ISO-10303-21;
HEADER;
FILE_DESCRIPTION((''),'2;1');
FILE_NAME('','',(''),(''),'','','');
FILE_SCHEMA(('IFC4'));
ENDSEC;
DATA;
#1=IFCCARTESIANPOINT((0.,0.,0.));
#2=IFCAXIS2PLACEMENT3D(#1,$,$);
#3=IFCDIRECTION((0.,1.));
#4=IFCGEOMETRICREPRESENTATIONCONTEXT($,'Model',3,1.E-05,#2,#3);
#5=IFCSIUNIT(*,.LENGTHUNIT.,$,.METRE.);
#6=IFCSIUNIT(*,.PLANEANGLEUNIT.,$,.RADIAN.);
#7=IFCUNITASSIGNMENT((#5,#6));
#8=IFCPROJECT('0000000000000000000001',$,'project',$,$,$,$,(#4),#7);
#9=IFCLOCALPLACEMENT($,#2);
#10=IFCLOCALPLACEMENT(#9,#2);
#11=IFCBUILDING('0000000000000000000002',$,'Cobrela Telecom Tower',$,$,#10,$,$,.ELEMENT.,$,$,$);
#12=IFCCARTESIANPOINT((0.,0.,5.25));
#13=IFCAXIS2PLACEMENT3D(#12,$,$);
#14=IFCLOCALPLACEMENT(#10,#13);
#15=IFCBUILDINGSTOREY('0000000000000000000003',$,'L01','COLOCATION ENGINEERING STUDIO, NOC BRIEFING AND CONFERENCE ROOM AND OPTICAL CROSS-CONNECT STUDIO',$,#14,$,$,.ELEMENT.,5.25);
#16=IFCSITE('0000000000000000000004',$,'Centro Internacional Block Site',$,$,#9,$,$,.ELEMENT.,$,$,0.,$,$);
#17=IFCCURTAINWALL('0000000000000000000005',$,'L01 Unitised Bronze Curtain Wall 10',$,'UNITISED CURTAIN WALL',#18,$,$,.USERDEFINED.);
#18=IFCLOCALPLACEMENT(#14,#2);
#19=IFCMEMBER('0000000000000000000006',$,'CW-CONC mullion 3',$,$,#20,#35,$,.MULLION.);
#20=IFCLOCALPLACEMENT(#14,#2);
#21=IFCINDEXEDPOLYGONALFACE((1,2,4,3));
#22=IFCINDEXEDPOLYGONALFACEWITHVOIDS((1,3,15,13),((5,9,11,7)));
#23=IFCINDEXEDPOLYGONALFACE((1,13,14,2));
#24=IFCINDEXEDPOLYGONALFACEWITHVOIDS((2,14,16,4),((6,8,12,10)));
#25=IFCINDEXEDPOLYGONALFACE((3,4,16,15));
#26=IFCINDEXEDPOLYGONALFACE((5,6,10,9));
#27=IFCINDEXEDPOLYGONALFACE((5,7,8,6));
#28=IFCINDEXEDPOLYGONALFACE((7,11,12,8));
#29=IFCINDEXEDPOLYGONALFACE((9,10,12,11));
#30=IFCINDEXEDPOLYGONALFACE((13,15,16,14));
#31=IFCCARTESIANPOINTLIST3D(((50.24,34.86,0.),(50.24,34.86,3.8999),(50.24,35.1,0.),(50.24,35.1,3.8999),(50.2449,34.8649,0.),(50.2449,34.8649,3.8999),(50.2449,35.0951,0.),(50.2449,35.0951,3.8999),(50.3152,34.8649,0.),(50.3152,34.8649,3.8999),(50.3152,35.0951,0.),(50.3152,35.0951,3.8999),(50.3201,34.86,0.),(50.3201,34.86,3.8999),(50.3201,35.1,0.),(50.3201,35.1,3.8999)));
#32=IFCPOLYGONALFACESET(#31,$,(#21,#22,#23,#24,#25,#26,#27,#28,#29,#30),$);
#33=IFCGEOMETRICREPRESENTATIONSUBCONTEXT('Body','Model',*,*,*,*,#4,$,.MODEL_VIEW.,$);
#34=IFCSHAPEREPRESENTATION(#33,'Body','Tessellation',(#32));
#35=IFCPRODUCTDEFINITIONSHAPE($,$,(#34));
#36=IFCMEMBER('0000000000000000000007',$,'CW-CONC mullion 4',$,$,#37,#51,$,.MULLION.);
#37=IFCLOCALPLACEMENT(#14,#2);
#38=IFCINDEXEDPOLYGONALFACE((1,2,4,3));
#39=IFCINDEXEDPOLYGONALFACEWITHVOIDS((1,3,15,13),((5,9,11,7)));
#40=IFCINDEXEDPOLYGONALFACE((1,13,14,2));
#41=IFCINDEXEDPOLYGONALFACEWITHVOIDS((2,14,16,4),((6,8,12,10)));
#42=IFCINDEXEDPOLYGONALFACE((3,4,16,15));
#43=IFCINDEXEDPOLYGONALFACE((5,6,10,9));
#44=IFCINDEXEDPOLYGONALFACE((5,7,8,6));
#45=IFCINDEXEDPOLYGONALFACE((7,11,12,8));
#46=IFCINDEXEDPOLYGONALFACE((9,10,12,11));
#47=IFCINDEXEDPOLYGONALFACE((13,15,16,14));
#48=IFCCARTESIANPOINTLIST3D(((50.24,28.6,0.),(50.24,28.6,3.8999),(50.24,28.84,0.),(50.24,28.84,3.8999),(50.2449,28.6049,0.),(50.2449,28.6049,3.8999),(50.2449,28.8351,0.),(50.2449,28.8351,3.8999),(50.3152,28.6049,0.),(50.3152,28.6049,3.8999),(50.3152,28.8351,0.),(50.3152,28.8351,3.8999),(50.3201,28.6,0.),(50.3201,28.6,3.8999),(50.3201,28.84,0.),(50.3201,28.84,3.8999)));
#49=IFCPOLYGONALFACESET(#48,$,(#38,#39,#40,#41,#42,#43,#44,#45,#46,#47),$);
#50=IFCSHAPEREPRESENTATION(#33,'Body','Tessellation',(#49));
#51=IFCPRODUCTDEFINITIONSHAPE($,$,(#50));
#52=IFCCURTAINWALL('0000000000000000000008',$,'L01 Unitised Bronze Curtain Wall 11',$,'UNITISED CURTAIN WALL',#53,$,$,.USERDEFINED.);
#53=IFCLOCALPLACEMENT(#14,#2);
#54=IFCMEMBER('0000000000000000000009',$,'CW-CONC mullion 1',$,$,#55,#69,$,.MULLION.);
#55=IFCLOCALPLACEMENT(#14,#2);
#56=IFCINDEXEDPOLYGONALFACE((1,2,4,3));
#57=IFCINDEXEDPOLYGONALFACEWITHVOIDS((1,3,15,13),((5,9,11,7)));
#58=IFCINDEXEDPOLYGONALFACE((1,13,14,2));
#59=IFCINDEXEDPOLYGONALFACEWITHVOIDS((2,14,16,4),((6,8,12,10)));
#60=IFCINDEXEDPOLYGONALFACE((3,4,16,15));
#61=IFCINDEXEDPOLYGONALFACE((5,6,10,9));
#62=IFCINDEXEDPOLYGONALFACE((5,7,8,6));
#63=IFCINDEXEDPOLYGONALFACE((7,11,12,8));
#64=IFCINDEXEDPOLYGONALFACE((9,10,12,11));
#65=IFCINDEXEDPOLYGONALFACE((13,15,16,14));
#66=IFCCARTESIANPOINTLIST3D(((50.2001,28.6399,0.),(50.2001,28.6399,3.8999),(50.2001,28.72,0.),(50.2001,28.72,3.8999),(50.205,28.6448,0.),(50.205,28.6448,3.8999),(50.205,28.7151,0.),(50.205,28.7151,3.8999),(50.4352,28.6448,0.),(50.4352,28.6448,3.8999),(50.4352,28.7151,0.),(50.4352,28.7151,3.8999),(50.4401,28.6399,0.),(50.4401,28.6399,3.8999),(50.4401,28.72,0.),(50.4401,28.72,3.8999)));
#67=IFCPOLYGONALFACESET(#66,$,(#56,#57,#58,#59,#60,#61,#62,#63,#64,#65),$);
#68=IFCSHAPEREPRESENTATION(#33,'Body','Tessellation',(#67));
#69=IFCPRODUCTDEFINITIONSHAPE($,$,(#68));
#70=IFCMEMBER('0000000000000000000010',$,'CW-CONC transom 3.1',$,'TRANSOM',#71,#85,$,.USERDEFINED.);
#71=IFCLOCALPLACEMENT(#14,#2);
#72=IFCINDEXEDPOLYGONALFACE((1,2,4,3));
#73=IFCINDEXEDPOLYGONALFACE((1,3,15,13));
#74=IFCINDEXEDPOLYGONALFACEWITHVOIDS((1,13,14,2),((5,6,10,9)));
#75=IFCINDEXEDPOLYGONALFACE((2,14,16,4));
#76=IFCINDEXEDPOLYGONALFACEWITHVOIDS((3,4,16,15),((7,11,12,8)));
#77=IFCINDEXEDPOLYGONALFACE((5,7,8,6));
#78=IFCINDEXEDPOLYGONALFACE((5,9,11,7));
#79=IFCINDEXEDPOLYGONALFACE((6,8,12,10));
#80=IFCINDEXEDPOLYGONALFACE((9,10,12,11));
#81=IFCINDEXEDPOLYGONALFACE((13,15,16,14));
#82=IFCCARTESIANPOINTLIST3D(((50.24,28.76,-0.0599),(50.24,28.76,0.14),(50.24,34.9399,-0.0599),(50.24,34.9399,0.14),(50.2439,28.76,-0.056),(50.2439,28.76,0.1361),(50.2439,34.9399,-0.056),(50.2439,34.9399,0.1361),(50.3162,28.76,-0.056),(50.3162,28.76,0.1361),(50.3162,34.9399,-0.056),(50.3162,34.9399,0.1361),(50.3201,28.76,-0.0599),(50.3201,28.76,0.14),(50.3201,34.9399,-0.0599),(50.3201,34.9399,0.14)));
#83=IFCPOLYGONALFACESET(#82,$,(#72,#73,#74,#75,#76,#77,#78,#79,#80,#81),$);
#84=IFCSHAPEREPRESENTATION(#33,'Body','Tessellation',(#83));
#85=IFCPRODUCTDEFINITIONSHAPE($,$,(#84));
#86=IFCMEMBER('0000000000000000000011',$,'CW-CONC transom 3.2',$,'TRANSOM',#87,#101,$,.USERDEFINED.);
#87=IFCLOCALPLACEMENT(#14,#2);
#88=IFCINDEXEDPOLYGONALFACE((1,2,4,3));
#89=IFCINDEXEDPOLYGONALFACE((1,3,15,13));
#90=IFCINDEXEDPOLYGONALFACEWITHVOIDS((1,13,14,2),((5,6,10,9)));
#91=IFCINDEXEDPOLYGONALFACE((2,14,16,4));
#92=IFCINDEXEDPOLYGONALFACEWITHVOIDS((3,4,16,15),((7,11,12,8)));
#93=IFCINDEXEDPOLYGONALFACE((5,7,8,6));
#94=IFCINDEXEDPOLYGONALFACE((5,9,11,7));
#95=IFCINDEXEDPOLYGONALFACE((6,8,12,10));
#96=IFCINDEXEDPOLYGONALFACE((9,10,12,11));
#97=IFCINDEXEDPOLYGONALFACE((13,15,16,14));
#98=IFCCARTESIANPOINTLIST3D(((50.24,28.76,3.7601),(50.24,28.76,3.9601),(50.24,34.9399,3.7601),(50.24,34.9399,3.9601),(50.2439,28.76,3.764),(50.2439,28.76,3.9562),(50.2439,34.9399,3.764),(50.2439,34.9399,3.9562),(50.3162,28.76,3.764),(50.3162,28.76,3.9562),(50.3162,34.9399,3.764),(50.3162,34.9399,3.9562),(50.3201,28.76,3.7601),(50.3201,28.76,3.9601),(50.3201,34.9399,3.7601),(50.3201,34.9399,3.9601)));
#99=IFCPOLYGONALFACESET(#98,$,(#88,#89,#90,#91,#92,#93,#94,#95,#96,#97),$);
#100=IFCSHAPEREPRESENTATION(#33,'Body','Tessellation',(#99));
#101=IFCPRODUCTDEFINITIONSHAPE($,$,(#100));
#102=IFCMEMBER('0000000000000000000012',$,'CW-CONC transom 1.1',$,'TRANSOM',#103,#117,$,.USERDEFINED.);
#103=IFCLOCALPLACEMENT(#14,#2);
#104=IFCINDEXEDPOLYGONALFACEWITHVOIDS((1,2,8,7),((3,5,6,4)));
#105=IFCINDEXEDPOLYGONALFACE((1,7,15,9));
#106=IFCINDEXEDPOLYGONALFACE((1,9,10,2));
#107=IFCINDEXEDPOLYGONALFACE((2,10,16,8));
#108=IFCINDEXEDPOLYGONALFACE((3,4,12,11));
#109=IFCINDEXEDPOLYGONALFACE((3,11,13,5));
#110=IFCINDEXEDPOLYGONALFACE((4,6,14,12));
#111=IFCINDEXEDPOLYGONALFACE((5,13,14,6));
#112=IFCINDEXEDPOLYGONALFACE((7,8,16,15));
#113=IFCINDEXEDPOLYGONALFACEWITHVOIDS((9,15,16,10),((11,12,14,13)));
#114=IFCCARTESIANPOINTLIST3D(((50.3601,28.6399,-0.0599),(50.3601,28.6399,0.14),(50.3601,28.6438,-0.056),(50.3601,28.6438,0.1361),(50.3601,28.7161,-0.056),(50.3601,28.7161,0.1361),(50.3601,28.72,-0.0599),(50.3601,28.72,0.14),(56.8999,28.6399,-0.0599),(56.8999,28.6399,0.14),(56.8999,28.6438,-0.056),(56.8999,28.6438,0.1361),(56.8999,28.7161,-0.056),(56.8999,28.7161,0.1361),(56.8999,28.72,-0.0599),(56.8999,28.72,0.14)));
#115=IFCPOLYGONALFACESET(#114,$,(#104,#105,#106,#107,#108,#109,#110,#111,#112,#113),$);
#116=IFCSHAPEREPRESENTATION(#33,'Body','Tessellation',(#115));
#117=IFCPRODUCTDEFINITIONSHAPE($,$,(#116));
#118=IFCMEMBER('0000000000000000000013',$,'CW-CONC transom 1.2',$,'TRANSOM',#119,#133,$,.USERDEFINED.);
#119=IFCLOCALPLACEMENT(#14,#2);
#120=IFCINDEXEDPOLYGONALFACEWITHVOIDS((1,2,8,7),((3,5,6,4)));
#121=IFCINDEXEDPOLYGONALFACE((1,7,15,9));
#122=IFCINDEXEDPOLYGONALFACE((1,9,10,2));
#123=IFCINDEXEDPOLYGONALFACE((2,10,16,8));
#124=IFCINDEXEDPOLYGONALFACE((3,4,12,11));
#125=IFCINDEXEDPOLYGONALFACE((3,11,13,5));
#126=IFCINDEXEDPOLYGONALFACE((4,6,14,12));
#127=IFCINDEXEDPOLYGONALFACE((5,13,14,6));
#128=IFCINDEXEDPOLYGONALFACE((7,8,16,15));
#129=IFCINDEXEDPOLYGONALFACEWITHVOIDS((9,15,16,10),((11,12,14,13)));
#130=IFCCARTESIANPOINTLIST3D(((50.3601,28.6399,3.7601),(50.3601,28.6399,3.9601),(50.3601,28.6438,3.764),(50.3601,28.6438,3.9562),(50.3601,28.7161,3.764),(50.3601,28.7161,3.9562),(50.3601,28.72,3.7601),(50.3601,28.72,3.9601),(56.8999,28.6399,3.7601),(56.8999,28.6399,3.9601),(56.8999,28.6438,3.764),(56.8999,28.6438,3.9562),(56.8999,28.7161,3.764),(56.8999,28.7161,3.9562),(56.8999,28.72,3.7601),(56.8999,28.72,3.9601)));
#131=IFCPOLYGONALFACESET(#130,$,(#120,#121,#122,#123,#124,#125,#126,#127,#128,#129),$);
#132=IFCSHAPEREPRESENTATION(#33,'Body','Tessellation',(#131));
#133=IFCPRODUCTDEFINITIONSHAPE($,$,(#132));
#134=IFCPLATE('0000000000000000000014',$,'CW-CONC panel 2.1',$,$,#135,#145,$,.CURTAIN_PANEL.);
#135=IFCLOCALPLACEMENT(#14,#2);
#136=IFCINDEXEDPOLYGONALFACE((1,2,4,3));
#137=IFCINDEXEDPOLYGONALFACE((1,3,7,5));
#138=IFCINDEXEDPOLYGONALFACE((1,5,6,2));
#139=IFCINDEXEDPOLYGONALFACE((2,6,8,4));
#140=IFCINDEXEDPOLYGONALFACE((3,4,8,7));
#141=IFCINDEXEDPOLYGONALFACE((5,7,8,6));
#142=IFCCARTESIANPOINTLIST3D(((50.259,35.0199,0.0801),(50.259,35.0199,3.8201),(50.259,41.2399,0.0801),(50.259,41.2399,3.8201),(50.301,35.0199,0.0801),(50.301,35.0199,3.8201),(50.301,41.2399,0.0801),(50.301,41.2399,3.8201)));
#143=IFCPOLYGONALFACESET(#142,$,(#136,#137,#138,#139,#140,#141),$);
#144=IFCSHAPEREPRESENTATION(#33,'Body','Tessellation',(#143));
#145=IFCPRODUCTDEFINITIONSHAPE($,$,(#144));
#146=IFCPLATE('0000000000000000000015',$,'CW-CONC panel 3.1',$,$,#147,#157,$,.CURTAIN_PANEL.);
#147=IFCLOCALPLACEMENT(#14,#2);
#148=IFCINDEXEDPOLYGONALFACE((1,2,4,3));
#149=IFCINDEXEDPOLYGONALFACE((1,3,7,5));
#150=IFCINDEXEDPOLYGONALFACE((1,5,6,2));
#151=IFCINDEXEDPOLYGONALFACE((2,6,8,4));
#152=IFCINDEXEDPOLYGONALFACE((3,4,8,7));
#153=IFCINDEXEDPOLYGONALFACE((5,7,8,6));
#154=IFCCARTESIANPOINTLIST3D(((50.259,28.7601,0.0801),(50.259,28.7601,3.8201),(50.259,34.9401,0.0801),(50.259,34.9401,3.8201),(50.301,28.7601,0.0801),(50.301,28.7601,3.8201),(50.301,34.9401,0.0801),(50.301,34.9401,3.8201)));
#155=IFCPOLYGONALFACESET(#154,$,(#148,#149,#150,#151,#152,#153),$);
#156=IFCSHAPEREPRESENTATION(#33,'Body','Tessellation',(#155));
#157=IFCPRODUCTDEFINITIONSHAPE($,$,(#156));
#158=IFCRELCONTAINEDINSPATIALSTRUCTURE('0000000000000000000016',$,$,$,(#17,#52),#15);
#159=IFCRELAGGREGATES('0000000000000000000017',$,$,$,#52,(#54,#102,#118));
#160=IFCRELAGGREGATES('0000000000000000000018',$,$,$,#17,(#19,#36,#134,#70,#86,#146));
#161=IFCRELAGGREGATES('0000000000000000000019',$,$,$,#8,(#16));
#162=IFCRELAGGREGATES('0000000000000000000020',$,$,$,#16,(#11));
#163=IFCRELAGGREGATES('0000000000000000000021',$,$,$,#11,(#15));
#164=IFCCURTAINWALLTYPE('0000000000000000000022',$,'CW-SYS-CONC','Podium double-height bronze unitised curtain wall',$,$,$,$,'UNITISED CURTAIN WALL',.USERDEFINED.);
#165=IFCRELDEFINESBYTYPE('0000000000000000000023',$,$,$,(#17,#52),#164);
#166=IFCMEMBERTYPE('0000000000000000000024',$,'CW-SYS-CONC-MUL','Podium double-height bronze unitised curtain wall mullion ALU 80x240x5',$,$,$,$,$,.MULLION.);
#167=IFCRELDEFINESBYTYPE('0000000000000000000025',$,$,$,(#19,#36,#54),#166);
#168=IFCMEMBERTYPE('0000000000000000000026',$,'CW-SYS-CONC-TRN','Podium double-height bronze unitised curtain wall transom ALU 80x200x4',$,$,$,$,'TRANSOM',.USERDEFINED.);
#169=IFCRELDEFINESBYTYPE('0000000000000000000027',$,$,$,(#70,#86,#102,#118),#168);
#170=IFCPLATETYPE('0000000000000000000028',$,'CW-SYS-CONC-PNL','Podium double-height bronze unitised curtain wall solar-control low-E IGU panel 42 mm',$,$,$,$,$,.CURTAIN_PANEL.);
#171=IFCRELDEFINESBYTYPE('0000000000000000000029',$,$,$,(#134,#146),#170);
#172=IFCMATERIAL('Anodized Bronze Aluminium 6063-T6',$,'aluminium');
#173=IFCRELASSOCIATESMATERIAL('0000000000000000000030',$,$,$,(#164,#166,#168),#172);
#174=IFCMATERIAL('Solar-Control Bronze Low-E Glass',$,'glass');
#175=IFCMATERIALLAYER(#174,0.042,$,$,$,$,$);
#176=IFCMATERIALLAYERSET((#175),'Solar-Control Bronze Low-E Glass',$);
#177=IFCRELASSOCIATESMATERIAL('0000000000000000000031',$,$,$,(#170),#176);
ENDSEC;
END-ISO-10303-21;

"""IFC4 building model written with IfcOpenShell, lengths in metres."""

from ifc_helpers import new_model, si_unit, direction, frame, origin, origin_2d, place, context, subcontext, project, spatial, rectangle, hollow_rectangle, extrude, material, layer, layer_set, material_profile, profile_set, type_object, element, aggregate, save


model = new_model("IFC4")

# Units and contexts
model_context = context("Model", 3, precision=1e-05, world=origin(), true_north=direction((0.0, 1.0)))
body_context = subcontext(model_context, "Body", "Model", "MODEL_VIEW")
ifc_project = project(units=[si_unit("LENGTHUNIT", "METRE"), si_unit("PLANEANGLEUNIT", "RADIAN")], contexts=[model_context])

# Site, building, storey
site_placement = place(None, origin())
site = spatial("IfcSite", under=ifc_project, at=site_placement, Name="Centro Internacional Block Site", CompositionType="ELEMENT", RefElevation=0.0)
building_placement = place(site_placement, origin())
building = spatial("IfcBuilding", under=site, at=building_placement, Name="Cobrela Telecom Tower", CompositionType="ELEMENT")
storey_placement = place(building_placement, frame((0.0, 0.0, 5.25)))
storey = spatial("IfcBuildingStorey", under=building, at=storey_placement, Name="L01", Description="COLOCATION ENGINEERING STUDIO, NOC BRIEFING AND CONFERENCE ROOM AND OPTICAL CROSS-CONNECT STUDIO", CompositionType="ELEMENT", Elevation=5.25)

# Curtain wall, members
ifc_material_1 = material(Name="Anodized Bronze Aluminium 6063-T6", Category="aluminium")
curtain_wall_type = type_object("IfcCurtainWallType", Name="CW-SYS-CONC", Description="Podium double-height bronze unitised curtain wall", ElementType="UNITISED CURTAIN WALL", PredefinedType="USERDEFINED", material=ifc_material_1)
curtain_wall_1_placement = place(storey_placement, origin())
curtain_wall_1 = element("IfcCurtainWall", 1, at=curtain_wall_1_placement, inside=storey, type_object=curtain_wall_type, Name="L01 Unitised Bronze Curtain Wall 10", ObjectType="UNITISED CURTAIN WALL", PredefinedType="USERDEFINED")
ifc_material_profile_1 = material_profile(ifc_material_1, hollow_rectangle(XDim=0.0801, YDim=0.24, WallThickness=0.0049, at=origin_2d()), Name="ALU 80x240x5")
ifc_profile_set_1 = profile_set([ifc_material_profile_1], Name="Anodized Bronze Aluminium 6063-T6")
member_type_1 = type_object("IfcMemberType", Name="CW-SYS-CONC-MUL", Description="Podium double-height bronze unitised curtain wall mullion ALU 80x240x5", PredefinedType="MULLION", material=ifc_profile_set_1)
member_1_placement = place(storey_placement, frame((50.28, 34.98, 0.0), z_axis=(0.0, 0.0, 1.0), x_axis=(1.0, 0.0, 0.0)))
member_1 = element("IfcMember", 2, at=member_1_placement, type_object=member_type_1, Name="CW-CONC mullion 3", PredefinedType="MULLION", context=body_context, shape_type="SweptSolid", body=[
    extrude(hollow_rectangle(XDim=0.0801, YDim=0.24, WallThickness=0.0049, at=origin_2d()), origin(), (0.0, 0.0, 1.0), 3.8999),
])
member_2_placement = place(storey_placement, frame((50.28, 28.72, 0.0), z_axis=(0.0, 0.0, 1.0), x_axis=(1.0, 0.0, 0.0)))
member_2 = element("IfcMember", 3, at=member_2_placement, type_object=member_type_1, Name="CW-CONC mullion 4", PredefinedType="MULLION", context=body_context, shape_type="SweptSolid", body=[
    extrude(hollow_rectangle(XDim=0.0801, YDim=0.24, WallThickness=0.0049, at=origin_2d()), origin(), (0.0, 0.0, 1.0), 3.8999),
])

# Curtain wall, member
curtain_wall_2_placement = place(storey_placement, origin())
curtain_wall_2 = element("IfcCurtainWall", 4, at=curtain_wall_2_placement, inside=storey, type_object=curtain_wall_type, Name="L01 Unitised Bronze Curtain Wall 11", ObjectType="UNITISED CURTAIN WALL", PredefinedType="USERDEFINED")
member_3_placement = place(storey_placement, frame((50.3201, 28.6799, 0.0), z_axis=(0.0, 0.0, 1.0), x_axis=(0.0, 1.0, 0.0)))
member_3 = element("IfcMember", 5, at=member_3_placement, type_object=member_type_1, Name="CW-CONC mullion 1", PredefinedType="MULLION", context=body_context, shape_type="SweptSolid", body=[
    extrude(hollow_rectangle(XDim=0.0801, YDim=0.24, WallThickness=0.0049, at=origin_2d()), origin(), (0.0, 0.0, 1.0), 3.8999),
])

# Members
ifc_material_profile_2 = material_profile(ifc_material_1, hollow_rectangle(XDim=0.0801, YDim=0.2, WallThickness=0.0039, at=origin_2d()), Name="ALU 80x200x4")
ifc_profile_set_2 = profile_set([ifc_material_profile_2], Name="Anodized Bronze Aluminium 6063-T6")
member_type_2 = type_object("IfcMemberType", Name="CW-SYS-CONC-TRN", Description="Podium double-height bronze unitised curtain wall transom ALU 80x200x4", ElementType="TRANSOM", PredefinedType="USERDEFINED", material=ifc_profile_set_2)
member_4_placement = place(storey_placement, frame((50.28, 34.9399, 0.04), z_axis=(0.0, -1.0, 0.0), x_axis=(1.0, 0.0, 0.0)))
member_4 = element("IfcMember", 6, at=member_4_placement, type_object=member_type_2, Name="CW-CONC transom 3.1", ObjectType="TRANSOM", PredefinedType="USERDEFINED", context=body_context, shape_type="SweptSolid", body=[
    extrude(hollow_rectangle(XDim=0.0801, YDim=0.2, WallThickness=0.0039, at=origin_2d()), origin(), (0.0, 0.0, 1.0), 6.1799),
])
member_5_placement = place(storey_placement, frame((50.28, 34.9399, 3.8601), z_axis=(0.0, -1.0, 0.0), x_axis=(1.0, 0.0, 0.0)))
member_5 = element("IfcMember", 7, at=member_5_placement, type_object=member_type_2, Name="CW-CONC transom 3.2", ObjectType="TRANSOM", PredefinedType="USERDEFINED", context=body_context, shape_type="SweptSolid", body=[
    extrude(hollow_rectangle(XDim=0.0801, YDim=0.2, WallThickness=0.0039, at=origin_2d()), origin(), (0.0, 0.0, 1.0), 6.1799),
])
member_6_placement = place(storey_placement, frame((50.3601, 28.6799, 0.04), z_axis=(1.0, 0.0, 0.0), x_axis=(0.0, 1.0, 0.0)))
member_6 = element("IfcMember", 8, at=member_6_placement, type_object=member_type_2, Name="CW-CONC transom 1.1", ObjectType="TRANSOM", PredefinedType="USERDEFINED", context=body_context, shape_type="SweptSolid", body=[
    extrude(hollow_rectangle(XDim=0.0801, YDim=0.2, WallThickness=0.0039, at=origin_2d()), origin(), (0.0, 0.0, 1.0), 6.5398),
])
member_7_placement = place(storey_placement, frame((50.3601, 28.6799, 3.8601), z_axis=(1.0, 0.0, 0.0), x_axis=(0.0, 1.0, 0.0)))
member_7 = element("IfcMember", 9, at=member_7_placement, type_object=member_type_2, Name="CW-CONC transom 1.2", ObjectType="TRANSOM", PredefinedType="USERDEFINED", context=body_context, shape_type="SweptSolid", body=[
    extrude(hollow_rectangle(XDim=0.0801, YDim=0.2, WallThickness=0.0039, at=origin_2d()), origin(), (0.0, 0.0, 1.0), 6.5398),
])
aggregate(curtain_wall_2, [member_3, member_6, member_7])

# Plates
ifc_material_2 = material(Name="Solar-Control Bronze Low-E Glass", Category="glass")
ifc_layer = layer(ifc_material_2, 0.042)
ifc_layer_set = layer_set([ifc_layer], Name="Solar-Control Bronze Low-E Glass")
plate_type = type_object("IfcPlateType", Name="CW-SYS-CONC-PNL", Description="Podium double-height bronze unitised curtain wall solar-control low-E IGU panel 42 mm", PredefinedType="CURTAIN_PANEL", material=ifc_layer_set)
plate_1_placement = place(storey_placement, frame((50.28, 38.1299, 0.0801), z_axis=(0.0, 0.0, 1.0), x_axis=(0.0, -1.0, 0.0)))
plate_1 = element("IfcPlate", 10, at=plate_1_placement, type_object=plate_type, Name="CW-CONC panel 2.1", PredefinedType="CURTAIN_PANEL", context=body_context, shape_type="SweptSolid", body=[
    extrude(rectangle(XDim=6.22, YDim=0.042, at=origin_2d()), origin(), (0.0, 0.0, 1.0), 3.74),
])
plate_2_placement = place(storey_placement, frame((50.28, 31.8501, 0.0801), z_axis=(0.0, 0.0, 1.0), x_axis=(0.0, -1.0, 0.0)))
plate_2 = element("IfcPlate", 11, at=plate_2_placement, type_object=plate_type, Name="CW-CONC panel 3.1", PredefinedType="CURTAIN_PANEL", context=body_context, shape_type="SweptSolid", body=[
    extrude(rectangle(XDim=6.1799, YDim=0.042, at=origin_2d()), origin(), (0.0, 0.0, 1.0), 3.74),
])
aggregate(curtain_wall_1, [member_1, member_2, plate_1, member_4, member_5, plate_2])

save(model, "model.ifc")
